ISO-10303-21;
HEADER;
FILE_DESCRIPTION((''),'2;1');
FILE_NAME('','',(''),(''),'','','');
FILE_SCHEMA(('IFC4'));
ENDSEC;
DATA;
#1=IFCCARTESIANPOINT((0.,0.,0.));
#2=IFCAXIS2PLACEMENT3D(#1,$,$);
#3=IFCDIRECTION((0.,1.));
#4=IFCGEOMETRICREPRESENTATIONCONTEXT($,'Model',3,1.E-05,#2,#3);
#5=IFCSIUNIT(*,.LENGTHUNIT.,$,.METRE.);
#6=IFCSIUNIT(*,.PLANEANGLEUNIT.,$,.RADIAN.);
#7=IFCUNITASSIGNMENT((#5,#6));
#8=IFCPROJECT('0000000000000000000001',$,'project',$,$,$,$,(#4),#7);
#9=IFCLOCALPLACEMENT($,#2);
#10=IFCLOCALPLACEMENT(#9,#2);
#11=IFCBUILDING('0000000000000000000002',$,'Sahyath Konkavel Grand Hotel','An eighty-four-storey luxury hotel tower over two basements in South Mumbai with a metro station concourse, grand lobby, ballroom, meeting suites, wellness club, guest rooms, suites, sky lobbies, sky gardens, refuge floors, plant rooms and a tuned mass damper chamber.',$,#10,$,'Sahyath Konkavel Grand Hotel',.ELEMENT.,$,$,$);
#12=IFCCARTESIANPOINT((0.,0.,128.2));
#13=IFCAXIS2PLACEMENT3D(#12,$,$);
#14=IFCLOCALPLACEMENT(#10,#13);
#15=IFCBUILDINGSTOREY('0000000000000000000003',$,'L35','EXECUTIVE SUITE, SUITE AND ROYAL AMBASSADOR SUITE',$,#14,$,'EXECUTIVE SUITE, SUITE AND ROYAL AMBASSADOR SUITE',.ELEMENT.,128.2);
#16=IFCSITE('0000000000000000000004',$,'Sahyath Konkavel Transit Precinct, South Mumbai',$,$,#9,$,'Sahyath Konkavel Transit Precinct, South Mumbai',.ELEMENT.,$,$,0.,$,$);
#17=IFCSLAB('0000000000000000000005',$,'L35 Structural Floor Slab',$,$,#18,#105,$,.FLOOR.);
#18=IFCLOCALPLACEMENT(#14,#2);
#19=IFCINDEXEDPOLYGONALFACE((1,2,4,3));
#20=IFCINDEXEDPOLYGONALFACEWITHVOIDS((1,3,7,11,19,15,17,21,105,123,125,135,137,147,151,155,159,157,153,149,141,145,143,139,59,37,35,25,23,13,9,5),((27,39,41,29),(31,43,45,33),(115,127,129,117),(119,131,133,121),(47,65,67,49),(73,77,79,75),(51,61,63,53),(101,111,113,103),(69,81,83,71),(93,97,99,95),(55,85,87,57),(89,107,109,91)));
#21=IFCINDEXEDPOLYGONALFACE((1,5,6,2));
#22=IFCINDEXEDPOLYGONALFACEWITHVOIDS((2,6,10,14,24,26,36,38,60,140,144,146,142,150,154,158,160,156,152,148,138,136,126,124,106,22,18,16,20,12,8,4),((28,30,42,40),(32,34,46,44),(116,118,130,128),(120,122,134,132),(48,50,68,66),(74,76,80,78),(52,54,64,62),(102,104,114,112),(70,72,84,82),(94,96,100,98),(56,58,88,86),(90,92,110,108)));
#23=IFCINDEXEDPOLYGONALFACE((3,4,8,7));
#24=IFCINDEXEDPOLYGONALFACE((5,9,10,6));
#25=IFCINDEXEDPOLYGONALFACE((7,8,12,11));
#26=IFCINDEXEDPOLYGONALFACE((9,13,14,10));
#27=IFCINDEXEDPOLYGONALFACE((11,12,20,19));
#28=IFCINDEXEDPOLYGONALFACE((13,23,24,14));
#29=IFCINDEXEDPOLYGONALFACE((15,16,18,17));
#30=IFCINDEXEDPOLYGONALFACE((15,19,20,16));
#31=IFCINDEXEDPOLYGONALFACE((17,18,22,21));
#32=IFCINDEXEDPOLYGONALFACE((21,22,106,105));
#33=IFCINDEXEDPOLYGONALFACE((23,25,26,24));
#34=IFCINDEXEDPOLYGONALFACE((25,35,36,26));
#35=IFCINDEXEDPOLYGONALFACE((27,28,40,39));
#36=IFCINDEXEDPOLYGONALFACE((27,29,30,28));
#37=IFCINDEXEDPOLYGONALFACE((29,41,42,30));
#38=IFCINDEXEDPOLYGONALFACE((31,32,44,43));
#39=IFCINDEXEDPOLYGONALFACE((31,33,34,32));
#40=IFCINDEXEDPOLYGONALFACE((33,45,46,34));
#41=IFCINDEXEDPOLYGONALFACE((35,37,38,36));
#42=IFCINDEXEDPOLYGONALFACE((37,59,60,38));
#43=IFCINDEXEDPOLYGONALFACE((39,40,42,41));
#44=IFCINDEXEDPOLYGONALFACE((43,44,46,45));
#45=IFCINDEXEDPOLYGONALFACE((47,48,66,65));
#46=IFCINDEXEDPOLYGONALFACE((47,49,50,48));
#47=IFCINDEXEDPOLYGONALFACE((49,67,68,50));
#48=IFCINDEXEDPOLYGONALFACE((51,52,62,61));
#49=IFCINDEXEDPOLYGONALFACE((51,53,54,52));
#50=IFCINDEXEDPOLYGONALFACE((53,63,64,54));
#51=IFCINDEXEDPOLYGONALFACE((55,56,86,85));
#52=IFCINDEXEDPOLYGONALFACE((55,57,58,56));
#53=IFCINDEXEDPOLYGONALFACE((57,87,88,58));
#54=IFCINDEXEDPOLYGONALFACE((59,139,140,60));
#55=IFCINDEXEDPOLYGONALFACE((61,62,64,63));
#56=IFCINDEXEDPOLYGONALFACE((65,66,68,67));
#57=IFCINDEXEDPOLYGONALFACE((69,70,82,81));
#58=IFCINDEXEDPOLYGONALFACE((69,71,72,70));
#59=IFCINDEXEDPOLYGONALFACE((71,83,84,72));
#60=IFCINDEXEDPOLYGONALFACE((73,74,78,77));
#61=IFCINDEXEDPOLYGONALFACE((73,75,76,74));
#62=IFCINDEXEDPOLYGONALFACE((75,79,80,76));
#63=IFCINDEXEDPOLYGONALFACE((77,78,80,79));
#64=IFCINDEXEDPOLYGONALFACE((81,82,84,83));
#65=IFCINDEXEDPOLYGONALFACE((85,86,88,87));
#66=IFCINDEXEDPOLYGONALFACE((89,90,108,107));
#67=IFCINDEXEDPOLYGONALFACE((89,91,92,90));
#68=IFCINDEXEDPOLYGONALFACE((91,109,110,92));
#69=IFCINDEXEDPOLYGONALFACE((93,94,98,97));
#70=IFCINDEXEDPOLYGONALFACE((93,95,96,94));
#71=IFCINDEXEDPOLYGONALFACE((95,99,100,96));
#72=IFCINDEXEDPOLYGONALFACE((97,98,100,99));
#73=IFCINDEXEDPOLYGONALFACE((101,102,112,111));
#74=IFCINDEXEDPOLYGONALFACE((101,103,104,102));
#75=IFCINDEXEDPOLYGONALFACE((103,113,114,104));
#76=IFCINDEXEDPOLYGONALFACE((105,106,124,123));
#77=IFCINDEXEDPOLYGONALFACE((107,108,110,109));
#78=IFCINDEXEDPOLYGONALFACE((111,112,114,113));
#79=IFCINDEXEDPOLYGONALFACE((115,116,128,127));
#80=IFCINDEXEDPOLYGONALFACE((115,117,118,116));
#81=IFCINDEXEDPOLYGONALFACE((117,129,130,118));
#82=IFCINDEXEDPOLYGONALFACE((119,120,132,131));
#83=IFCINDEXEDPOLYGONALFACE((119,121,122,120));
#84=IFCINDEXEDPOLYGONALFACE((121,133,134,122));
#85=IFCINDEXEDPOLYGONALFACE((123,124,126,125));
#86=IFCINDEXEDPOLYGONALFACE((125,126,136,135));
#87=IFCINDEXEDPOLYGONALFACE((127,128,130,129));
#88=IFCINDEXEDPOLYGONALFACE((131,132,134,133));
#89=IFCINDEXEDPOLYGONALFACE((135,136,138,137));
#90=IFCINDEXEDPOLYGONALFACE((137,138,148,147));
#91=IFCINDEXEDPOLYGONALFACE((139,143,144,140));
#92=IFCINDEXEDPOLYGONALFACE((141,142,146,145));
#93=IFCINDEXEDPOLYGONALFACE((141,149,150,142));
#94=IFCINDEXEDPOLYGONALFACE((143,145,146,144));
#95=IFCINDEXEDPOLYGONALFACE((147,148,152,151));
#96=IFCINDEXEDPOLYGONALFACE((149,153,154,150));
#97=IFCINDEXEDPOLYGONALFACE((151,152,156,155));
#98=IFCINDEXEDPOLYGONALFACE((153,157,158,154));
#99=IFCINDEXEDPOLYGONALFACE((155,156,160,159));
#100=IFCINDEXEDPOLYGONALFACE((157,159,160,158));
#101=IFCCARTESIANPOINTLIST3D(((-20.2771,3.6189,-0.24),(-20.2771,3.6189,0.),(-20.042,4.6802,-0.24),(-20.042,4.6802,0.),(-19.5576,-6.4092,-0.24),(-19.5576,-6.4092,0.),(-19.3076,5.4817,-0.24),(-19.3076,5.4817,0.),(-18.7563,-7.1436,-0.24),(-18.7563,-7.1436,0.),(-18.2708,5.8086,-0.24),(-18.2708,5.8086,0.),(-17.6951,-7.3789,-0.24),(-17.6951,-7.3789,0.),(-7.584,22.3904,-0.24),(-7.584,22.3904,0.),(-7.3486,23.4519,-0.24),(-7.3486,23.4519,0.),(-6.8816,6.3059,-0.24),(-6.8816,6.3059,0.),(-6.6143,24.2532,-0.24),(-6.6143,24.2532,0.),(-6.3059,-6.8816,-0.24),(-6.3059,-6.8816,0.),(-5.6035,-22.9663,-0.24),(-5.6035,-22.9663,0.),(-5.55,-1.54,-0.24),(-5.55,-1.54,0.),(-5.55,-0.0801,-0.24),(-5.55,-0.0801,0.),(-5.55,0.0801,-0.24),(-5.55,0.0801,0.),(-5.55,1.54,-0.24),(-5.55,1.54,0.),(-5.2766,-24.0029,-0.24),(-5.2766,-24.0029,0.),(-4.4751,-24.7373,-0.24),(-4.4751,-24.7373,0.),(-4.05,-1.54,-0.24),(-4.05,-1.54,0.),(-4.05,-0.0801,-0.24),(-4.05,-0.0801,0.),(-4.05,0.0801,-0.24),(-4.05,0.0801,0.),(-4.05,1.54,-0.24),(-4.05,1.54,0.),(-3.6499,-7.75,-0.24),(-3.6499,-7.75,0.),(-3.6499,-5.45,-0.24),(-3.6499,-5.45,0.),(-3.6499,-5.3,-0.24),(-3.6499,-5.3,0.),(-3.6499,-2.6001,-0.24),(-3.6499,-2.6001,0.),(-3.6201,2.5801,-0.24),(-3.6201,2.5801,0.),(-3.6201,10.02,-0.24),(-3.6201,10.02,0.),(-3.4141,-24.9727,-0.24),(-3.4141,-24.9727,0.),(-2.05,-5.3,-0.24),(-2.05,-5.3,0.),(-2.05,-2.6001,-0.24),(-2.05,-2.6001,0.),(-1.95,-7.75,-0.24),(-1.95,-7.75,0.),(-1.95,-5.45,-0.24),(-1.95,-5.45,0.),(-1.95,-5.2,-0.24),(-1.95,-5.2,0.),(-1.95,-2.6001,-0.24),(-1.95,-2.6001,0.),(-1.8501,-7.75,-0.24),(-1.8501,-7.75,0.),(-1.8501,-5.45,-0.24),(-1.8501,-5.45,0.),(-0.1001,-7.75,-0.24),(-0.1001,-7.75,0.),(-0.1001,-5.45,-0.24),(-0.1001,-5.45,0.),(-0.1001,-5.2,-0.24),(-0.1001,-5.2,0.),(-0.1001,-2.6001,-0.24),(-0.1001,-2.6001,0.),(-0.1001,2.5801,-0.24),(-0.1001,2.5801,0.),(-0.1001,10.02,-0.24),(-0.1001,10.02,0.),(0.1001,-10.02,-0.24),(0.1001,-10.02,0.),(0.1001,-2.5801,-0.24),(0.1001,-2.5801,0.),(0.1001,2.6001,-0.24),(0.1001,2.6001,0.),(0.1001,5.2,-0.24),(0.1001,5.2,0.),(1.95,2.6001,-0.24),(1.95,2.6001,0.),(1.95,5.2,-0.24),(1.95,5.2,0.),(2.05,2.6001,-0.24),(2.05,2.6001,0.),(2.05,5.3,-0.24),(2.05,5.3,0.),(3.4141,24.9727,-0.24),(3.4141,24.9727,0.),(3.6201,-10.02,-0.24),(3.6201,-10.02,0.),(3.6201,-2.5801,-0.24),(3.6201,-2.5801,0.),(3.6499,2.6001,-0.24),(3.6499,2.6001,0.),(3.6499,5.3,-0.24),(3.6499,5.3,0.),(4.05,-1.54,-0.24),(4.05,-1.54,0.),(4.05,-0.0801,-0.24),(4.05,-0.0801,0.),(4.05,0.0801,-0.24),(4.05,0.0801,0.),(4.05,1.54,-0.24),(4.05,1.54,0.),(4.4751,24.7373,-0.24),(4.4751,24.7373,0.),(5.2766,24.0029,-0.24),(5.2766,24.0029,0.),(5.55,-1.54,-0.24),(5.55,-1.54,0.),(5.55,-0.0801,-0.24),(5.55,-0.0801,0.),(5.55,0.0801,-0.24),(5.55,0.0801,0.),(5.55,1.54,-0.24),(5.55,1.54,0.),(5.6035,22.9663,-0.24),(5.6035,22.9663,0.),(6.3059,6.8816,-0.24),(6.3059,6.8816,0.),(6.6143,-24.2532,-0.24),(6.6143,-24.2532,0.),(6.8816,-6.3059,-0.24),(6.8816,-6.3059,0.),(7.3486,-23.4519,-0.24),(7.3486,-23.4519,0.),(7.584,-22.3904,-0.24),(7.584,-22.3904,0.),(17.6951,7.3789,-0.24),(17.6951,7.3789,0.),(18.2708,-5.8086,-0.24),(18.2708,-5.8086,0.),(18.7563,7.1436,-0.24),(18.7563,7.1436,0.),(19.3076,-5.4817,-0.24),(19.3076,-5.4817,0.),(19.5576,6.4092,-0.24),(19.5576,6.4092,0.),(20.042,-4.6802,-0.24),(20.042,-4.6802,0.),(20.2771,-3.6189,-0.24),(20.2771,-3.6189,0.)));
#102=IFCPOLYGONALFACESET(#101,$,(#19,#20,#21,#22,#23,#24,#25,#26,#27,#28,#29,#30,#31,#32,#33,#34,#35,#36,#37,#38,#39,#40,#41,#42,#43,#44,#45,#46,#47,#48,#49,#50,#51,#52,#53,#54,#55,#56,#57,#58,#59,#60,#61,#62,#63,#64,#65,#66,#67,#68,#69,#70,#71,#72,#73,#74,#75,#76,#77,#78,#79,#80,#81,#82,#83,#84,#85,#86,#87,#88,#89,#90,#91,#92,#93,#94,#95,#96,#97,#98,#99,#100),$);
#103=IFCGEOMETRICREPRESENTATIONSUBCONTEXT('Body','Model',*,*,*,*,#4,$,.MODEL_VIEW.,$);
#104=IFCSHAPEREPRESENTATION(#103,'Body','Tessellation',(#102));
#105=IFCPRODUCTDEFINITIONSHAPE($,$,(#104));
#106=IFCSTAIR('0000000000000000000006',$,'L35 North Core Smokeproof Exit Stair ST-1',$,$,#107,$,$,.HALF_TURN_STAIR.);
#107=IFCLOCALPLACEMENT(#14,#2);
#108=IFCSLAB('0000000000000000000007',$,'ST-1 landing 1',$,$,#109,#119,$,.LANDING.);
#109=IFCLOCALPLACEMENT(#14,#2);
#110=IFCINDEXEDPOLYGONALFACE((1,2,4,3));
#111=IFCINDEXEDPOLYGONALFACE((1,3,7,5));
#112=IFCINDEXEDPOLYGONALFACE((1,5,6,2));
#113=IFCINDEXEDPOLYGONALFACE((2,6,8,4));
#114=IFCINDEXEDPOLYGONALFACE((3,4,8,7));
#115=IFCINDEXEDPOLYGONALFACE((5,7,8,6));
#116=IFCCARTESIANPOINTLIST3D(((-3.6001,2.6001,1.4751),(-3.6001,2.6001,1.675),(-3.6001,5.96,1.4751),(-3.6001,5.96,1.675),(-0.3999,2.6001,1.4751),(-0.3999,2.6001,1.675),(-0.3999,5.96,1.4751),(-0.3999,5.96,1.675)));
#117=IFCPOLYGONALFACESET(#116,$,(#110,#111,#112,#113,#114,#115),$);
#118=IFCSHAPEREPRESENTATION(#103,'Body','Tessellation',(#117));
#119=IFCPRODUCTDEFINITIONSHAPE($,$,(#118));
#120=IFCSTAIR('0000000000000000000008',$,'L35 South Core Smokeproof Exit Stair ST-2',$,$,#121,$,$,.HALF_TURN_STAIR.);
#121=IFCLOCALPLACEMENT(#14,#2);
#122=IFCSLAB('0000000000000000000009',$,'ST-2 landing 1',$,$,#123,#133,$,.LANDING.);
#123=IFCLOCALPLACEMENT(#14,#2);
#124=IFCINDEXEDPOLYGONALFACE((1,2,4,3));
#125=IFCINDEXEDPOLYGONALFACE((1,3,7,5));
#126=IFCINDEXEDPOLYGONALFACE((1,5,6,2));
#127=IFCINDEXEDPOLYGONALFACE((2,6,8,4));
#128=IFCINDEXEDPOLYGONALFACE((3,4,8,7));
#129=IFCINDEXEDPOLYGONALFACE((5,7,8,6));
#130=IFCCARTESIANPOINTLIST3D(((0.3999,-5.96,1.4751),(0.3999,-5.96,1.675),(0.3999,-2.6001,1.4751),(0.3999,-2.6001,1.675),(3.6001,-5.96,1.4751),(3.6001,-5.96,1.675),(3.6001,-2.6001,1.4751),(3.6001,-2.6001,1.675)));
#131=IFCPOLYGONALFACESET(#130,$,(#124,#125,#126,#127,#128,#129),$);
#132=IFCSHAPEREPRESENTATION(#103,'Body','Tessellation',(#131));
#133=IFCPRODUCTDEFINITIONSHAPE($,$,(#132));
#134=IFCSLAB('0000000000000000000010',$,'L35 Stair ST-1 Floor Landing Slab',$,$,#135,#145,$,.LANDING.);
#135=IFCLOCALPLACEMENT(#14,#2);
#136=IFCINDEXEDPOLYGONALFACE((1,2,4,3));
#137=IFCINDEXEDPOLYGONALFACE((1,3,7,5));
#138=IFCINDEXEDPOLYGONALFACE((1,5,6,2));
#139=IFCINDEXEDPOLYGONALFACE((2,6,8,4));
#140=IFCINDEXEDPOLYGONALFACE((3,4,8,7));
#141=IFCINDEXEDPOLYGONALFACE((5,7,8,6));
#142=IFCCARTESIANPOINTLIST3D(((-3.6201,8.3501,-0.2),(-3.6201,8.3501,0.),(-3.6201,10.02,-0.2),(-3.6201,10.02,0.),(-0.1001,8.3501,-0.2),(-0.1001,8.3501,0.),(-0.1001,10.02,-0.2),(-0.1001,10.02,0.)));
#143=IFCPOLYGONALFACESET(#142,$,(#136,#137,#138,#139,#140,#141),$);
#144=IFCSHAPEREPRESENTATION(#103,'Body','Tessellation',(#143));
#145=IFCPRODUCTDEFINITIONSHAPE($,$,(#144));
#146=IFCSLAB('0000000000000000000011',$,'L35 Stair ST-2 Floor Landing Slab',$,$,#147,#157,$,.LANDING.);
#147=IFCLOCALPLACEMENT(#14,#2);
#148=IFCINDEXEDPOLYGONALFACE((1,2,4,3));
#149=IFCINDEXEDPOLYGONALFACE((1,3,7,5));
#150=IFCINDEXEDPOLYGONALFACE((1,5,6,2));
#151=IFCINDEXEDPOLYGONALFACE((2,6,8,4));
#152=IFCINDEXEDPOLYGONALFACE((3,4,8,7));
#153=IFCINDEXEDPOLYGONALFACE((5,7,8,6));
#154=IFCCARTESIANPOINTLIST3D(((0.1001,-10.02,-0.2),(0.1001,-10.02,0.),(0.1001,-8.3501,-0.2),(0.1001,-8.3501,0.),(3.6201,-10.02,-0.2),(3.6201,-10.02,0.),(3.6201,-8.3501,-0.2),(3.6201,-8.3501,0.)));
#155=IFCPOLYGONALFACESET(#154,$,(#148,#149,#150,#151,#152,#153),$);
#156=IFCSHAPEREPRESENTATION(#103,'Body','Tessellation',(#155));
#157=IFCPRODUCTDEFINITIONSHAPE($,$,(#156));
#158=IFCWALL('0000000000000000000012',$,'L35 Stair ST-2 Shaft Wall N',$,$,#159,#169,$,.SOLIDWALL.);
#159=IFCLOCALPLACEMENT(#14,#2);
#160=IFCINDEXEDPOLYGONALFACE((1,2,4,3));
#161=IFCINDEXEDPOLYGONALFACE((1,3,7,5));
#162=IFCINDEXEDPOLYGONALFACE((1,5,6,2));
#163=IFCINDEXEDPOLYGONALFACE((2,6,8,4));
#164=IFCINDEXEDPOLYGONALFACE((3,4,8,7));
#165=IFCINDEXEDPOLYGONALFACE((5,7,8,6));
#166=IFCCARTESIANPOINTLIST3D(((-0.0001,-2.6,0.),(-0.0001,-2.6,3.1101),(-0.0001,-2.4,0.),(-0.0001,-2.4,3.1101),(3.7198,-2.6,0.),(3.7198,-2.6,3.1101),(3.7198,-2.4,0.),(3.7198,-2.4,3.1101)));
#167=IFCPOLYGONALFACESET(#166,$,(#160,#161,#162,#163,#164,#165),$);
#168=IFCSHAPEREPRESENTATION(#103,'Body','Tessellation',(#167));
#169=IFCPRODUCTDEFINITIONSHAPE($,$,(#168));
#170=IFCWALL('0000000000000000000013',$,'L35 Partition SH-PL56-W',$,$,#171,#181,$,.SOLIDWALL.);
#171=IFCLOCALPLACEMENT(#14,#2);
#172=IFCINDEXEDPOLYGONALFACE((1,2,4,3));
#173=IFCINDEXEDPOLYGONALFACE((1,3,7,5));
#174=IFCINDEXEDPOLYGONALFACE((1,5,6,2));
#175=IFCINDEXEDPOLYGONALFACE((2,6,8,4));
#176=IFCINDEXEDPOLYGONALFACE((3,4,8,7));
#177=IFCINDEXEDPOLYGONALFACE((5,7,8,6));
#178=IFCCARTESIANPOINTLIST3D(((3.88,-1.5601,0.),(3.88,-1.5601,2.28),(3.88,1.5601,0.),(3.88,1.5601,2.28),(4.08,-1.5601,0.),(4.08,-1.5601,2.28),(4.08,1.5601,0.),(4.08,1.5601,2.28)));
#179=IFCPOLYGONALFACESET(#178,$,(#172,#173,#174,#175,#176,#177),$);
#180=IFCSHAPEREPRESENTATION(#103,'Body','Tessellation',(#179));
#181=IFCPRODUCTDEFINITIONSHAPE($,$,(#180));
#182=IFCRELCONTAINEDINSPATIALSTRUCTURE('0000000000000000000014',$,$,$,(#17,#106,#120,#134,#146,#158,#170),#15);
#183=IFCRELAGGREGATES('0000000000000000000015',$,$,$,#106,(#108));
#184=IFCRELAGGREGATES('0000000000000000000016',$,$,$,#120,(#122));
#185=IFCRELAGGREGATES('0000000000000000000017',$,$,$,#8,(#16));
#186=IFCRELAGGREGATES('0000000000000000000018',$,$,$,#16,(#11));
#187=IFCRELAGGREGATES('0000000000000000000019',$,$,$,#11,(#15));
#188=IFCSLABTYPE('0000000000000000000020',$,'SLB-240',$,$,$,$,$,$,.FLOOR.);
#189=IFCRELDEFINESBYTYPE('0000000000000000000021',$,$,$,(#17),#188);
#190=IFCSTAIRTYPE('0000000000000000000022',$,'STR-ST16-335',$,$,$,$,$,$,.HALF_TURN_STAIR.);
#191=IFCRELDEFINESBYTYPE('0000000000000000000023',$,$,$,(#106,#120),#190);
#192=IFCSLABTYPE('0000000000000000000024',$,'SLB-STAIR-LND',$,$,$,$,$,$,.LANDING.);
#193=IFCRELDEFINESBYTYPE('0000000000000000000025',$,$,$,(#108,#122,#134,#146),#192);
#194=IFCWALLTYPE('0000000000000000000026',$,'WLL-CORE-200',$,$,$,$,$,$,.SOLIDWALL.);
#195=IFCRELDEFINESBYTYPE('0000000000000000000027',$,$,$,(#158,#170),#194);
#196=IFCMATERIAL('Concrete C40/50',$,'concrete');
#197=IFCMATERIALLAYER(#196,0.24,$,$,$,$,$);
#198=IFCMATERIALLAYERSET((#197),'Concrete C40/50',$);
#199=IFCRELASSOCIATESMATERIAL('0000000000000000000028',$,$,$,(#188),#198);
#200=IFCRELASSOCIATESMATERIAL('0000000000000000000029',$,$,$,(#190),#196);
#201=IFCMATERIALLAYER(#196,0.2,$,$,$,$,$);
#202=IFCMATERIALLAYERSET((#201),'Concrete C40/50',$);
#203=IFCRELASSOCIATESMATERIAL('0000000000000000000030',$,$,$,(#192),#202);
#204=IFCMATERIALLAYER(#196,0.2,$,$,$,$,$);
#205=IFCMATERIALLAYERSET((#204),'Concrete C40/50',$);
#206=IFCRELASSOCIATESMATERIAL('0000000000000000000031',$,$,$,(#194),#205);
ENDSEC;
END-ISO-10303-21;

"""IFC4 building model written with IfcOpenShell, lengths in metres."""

from ifc_helpers import new_model, si_unit, direction, frame, frame_2d, origin, place, context, subcontext, project, spatial, polyline, rectangle, outline, extrude, material, layer, layer_set, type_object, element, aggregate, save


model = new_model("IFC4")

# Units and contexts
model_context = context("Model", 3, precision=1e-05, world=origin(), true_north=direction((0.0, 1.0)))
body_context = subcontext(model_context, "Body", "Model", "MODEL_VIEW")
ifc_project = project(units=[si_unit("LENGTHUNIT", "METRE"), si_unit("PLANEANGLEUNIT", "RADIAN")], contexts=[model_context])

# Site, building, storey
site_placement = place(None, origin())
site = spatial("IfcSite", under=ifc_project, at=site_placement, Name="Sahyath Konkavel Transit Precinct, South Mumbai", LongName="Sahyath Konkavel Transit Precinct, South Mumbai", CompositionType="ELEMENT", RefElevation=0.0)
building_placement = place(site_placement, origin())
building = spatial("IfcBuilding", under=site, at=building_placement, Name="Sahyath Konkavel Grand Hotel", Description="An eighty-four-storey luxury hotel tower over two basements in South Mumbai with a metro station concourse, grand lobby, ballroom, meeting suites, wellness club, guest rooms, suites, sky lobbies, sky gardens, refuge floors, plant rooms and a tuned mass damper chamber.", LongName="Sahyath Konkavel Grand Hotel", CompositionType="ELEMENT")
storey_placement = place(building_placement, frame((0.0, 0.0, 128.2)))
storey = spatial("IfcBuildingStorey", under=building, at=storey_placement, Name="L35", Description="EXECUTIVE SUITE, SUITE AND ROYAL AMBASSADOR SUITE", LongName="EXECUTIVE SUITE, SUITE AND ROYAL AMBASSADOR SUITE", CompositionType="ELEMENT", Elevation=128.2)

# Slab
ifc_material_1 = material(Name="Concrete C40/50", Category="concrete")
ifc_layer_1 = layer(ifc_material_1, 0.24)
ifc_layer_set_1 = layer_set([ifc_layer_1], Name="Concrete C40/50")
slab_type_1 = type_object("IfcSlabType", Name="SLB-240", PredefinedType="FLOOR", material=ifc_layer_set_1)
slab_1_placement = place(storey_placement, frame((0.0, 0.0, -0.24)))
element("IfcSlab", 1, at=slab_1_placement, inside=storey, type_object=slab_type_1, Name="L35 Structural Floor Slab", PredefinedType="FLOOR", context=body_context, shape_type="SweptSolid", body=[
    extrude(outline(polyline([(6.8816, -6.3059), (18.2708, -5.8086), (19.3076, -5.4817), (20.042, -4.6802), (20.2771, -3.6189), (19.5576, 6.4092), (18.7563, 7.1436), (17.6951, 7.3789), (6.3059, 6.8816), (5.6035, 22.9663), (5.2766, 24.0029), (4.4751, 24.7373), (3.4141, 24.9727), (-6.6143, 24.2532), (-7.3486, 23.4519), (-7.584, 22.3904), (-6.8816, 6.3059), (-18.2708, 5.8086), (-19.3076, 5.4817), (-20.042, 4.6802), (-20.2771, 3.6189), (-19.5576, -6.4092), (-18.7563, -7.1436), (-17.6951, -7.3789), (-6.3059, -6.8816), (-5.6035, -22.9663), (-5.2766, -24.0029), (-4.4751, -24.7373), (-3.4141, -24.9727), (6.6143, -24.2532), (7.3486, -23.4519), (7.584, -22.3904), (6.8816, -6.3059)]), holes=[polyline([(-3.6201, 2.5801), (-0.1001, 2.5801), (-0.1001, 10.02), (-3.6201, 10.02), (-3.6201, 2.5801)]), polyline([(0.1001, -10.02), (3.6201, -10.02), (3.6201, -2.5801), (0.1001, -2.5801), (0.1001, -10.02)]), polyline([(0.1001, 2.6001), (1.95, 2.6001), (1.95, 5.2), (0.1001, 5.2), (0.1001, 2.6001)]), polyline([(-1.95, -5.2), (-0.1001, -5.2), (-0.1001, -2.6001), (-1.95, -2.6001), (-1.95, -5.2)]), polyline([(2.05, 2.6001), (3.6499, 2.6001), (3.6499, 5.3), (2.05, 5.3), (2.05, 2.6001)]), polyline([(-3.6499, -5.3), (-2.05, -5.3), (-2.05, -2.6001), (-3.6499, -2.6001), (-3.6499, -5.3)]), polyline([(-3.6499, -7.75), (-1.95, -7.75), (-1.95, -5.45), (-3.6499, -5.45), (-3.6499, -7.75)]), polyline([(-1.8501, -7.75), (-0.1001, -7.75), (-0.1001, -5.45), (-1.8501, -5.45), (-1.8501, -7.75)]), polyline([(4.05, 0.0801), (5.55, 0.0801), (5.55, 1.54), (4.05, 1.54), (4.05, 0.0801)]), polyline([(4.05, -1.54), (5.55, -1.54), (5.55, -0.0801), (4.05, -0.0801), (4.05, -1.54)]), polyline([(-5.55, 0.0801), (-4.05, 0.0801), (-4.05, 1.54), (-5.55, 1.54), (-5.55, 0.0801)]), polyline([(-5.55, -1.54), (-4.05, -1.54), (-4.05, -0.0801), (-5.55, -0.0801), (-5.55, -1.54)])]), origin(), (0.0, 0.0, 1.0), 0.24),
])

# Stairs, slabs
stair_type = type_object("IfcStairType", Name="STR-ST16-335", PredefinedType="HALF_TURN_STAIR", material=ifc_material_1)
stair_1_placement = place(storey_placement, origin())
stair_1 = element("IfcStair", 2, at=stair_1_placement, inside=storey, type_object=stair_type, Name="L35 North Core Smokeproof Exit Stair ST-1", PredefinedType="HALF_TURN_STAIR")
ifc_layer_2 = layer(ifc_material_1, 0.2)
ifc_layer_set_2 = layer_set([ifc_layer_2], Name="Concrete C40/50")
slab_type_2 = type_object("IfcSlabType", Name="SLB-STAIR-LND", PredefinedType="LANDING", material=ifc_layer_set_2)
slab_2_placement = place(storey_placement, frame((0.0, 0.0, 1.4751)))
slab_2 = element("IfcSlab", 3, at=slab_2_placement, type_object=slab_type_2, Name="ST-1 landing 1", PredefinedType="LANDING", context=body_context, shape_type="SweptSolid", body=[
    extrude(outline(polyline([(-3.6001, 5.96), (-3.6001, 2.6001), (-0.3999, 2.6001), (-0.3999, 5.96), (-3.6001, 5.96)])), origin(), (0.0, 0.0, 1.0), 0.2),
])
aggregate(stair_1, [slab_2])
stair_2_placement = place(storey_placement, origin())
stair_2 = element("IfcStair", 4, at=stair_2_placement, inside=storey, type_object=stair_type, Name="L35 South Core Smokeproof Exit Stair ST-2", PredefinedType="HALF_TURN_STAIR")
slab_3_placement = place(storey_placement, frame((0.0, 0.0, 1.4751)))
slab_3 = element("IfcSlab", 5, at=slab_3_placement, type_object=slab_type_2, Name="ST-2 landing 1", PredefinedType="LANDING", context=body_context, shape_type="SweptSolid", body=[
    extrude(outline(polyline([(3.6001, -5.96), (3.6001, -2.6001), (0.3999, -2.6001), (0.3999, -5.96), (3.6001, -5.96)])), origin(), (0.0, 0.0, 1.0), 0.2),
])

# Slabs
slab_4_placement = place(storey_placement, frame((0.0, 0.0, -0.2)))
element("IfcSlab", 6, at=slab_4_placement, inside=storey, type_object=slab_type_2, Name="L35 Stair ST-1 Floor Landing Slab", PredefinedType="LANDING", context=body_context, shape_type="SweptSolid", body=[
    extrude(outline(polyline([(-3.6201, 8.3501), (-0.1001, 8.3501), (-0.1001, 10.02), (-3.6201, 10.02), (-3.6201, 8.3501)])), origin(), (0.0, 0.0, 1.0), 0.2),
])
slab_5_placement = place(storey_placement, frame((0.0, 0.0, -0.2)))
element("IfcSlab", 7, at=slab_5_placement, inside=storey, type_object=slab_type_2, Name="L35 Stair ST-2 Floor Landing Slab", PredefinedType="LANDING", context=body_context, shape_type="SweptSolid", body=[
    extrude(outline(polyline([(0.1001, -10.02), (3.6201, -10.02), (3.6201, -8.3501), (0.1001, -8.3501), (0.1001, -10.02)])), origin(), (0.0, 0.0, 1.0), 0.2),
])

# Walls
ifc_layer_3 = layer(ifc_material_1, 0.2)
ifc_layer_set_3 = layer_set([ifc_layer_3], Name="Concrete C40/50")
wall_type_1 = type_object("IfcWallType", Name="WLL-CORE-200", PredefinedType="SOLIDWALL", material=ifc_layer_set_3)
wall_1_placement = place(storey_placement, frame((0.0, -2.5, 0.0), z_axis=(0.0, 0.0, 1.0), x_axis=(1.0, 0.0, 0.0)))
element("IfcWall", 8, at=wall_1_placement, inside=storey, type_object=wall_type_1, Name="L35 Stair ST-2 Shaft Wall N", PredefinedType="SOLIDWALL", context=body_context, shape_type="SweptSolid", body=[
    extrude(rectangle(XDim=3.72, YDim=0.2, at=frame_2d((1.8599, 0.0))), origin(), (0.0, 0.0, 1.0), 3.1101),
])
wall_2_placement = place(storey_placement, frame((3.98, -1.5601, 0.0), z_axis=(0.0, 0.0, 1.0), x_axis=(0.0, 1.0, 0.0)))
element("IfcWall", 9, at=wall_2_placement, inside=storey, type_object=wall_type_1, Name="L35 Partition SH-PL56-W", PredefinedType="SOLIDWALL", context=body_context, shape_type="SweptSolid", body=[
    extrude(rectangle(XDim=3.1201, YDim=0.2, at=frame_2d((1.5601, 0.0))), origin(), (0.0, 0.0, 1.0), 2.28),
])

aggregate(stair_2, [slab_3])

save(model, "model.ifc")
